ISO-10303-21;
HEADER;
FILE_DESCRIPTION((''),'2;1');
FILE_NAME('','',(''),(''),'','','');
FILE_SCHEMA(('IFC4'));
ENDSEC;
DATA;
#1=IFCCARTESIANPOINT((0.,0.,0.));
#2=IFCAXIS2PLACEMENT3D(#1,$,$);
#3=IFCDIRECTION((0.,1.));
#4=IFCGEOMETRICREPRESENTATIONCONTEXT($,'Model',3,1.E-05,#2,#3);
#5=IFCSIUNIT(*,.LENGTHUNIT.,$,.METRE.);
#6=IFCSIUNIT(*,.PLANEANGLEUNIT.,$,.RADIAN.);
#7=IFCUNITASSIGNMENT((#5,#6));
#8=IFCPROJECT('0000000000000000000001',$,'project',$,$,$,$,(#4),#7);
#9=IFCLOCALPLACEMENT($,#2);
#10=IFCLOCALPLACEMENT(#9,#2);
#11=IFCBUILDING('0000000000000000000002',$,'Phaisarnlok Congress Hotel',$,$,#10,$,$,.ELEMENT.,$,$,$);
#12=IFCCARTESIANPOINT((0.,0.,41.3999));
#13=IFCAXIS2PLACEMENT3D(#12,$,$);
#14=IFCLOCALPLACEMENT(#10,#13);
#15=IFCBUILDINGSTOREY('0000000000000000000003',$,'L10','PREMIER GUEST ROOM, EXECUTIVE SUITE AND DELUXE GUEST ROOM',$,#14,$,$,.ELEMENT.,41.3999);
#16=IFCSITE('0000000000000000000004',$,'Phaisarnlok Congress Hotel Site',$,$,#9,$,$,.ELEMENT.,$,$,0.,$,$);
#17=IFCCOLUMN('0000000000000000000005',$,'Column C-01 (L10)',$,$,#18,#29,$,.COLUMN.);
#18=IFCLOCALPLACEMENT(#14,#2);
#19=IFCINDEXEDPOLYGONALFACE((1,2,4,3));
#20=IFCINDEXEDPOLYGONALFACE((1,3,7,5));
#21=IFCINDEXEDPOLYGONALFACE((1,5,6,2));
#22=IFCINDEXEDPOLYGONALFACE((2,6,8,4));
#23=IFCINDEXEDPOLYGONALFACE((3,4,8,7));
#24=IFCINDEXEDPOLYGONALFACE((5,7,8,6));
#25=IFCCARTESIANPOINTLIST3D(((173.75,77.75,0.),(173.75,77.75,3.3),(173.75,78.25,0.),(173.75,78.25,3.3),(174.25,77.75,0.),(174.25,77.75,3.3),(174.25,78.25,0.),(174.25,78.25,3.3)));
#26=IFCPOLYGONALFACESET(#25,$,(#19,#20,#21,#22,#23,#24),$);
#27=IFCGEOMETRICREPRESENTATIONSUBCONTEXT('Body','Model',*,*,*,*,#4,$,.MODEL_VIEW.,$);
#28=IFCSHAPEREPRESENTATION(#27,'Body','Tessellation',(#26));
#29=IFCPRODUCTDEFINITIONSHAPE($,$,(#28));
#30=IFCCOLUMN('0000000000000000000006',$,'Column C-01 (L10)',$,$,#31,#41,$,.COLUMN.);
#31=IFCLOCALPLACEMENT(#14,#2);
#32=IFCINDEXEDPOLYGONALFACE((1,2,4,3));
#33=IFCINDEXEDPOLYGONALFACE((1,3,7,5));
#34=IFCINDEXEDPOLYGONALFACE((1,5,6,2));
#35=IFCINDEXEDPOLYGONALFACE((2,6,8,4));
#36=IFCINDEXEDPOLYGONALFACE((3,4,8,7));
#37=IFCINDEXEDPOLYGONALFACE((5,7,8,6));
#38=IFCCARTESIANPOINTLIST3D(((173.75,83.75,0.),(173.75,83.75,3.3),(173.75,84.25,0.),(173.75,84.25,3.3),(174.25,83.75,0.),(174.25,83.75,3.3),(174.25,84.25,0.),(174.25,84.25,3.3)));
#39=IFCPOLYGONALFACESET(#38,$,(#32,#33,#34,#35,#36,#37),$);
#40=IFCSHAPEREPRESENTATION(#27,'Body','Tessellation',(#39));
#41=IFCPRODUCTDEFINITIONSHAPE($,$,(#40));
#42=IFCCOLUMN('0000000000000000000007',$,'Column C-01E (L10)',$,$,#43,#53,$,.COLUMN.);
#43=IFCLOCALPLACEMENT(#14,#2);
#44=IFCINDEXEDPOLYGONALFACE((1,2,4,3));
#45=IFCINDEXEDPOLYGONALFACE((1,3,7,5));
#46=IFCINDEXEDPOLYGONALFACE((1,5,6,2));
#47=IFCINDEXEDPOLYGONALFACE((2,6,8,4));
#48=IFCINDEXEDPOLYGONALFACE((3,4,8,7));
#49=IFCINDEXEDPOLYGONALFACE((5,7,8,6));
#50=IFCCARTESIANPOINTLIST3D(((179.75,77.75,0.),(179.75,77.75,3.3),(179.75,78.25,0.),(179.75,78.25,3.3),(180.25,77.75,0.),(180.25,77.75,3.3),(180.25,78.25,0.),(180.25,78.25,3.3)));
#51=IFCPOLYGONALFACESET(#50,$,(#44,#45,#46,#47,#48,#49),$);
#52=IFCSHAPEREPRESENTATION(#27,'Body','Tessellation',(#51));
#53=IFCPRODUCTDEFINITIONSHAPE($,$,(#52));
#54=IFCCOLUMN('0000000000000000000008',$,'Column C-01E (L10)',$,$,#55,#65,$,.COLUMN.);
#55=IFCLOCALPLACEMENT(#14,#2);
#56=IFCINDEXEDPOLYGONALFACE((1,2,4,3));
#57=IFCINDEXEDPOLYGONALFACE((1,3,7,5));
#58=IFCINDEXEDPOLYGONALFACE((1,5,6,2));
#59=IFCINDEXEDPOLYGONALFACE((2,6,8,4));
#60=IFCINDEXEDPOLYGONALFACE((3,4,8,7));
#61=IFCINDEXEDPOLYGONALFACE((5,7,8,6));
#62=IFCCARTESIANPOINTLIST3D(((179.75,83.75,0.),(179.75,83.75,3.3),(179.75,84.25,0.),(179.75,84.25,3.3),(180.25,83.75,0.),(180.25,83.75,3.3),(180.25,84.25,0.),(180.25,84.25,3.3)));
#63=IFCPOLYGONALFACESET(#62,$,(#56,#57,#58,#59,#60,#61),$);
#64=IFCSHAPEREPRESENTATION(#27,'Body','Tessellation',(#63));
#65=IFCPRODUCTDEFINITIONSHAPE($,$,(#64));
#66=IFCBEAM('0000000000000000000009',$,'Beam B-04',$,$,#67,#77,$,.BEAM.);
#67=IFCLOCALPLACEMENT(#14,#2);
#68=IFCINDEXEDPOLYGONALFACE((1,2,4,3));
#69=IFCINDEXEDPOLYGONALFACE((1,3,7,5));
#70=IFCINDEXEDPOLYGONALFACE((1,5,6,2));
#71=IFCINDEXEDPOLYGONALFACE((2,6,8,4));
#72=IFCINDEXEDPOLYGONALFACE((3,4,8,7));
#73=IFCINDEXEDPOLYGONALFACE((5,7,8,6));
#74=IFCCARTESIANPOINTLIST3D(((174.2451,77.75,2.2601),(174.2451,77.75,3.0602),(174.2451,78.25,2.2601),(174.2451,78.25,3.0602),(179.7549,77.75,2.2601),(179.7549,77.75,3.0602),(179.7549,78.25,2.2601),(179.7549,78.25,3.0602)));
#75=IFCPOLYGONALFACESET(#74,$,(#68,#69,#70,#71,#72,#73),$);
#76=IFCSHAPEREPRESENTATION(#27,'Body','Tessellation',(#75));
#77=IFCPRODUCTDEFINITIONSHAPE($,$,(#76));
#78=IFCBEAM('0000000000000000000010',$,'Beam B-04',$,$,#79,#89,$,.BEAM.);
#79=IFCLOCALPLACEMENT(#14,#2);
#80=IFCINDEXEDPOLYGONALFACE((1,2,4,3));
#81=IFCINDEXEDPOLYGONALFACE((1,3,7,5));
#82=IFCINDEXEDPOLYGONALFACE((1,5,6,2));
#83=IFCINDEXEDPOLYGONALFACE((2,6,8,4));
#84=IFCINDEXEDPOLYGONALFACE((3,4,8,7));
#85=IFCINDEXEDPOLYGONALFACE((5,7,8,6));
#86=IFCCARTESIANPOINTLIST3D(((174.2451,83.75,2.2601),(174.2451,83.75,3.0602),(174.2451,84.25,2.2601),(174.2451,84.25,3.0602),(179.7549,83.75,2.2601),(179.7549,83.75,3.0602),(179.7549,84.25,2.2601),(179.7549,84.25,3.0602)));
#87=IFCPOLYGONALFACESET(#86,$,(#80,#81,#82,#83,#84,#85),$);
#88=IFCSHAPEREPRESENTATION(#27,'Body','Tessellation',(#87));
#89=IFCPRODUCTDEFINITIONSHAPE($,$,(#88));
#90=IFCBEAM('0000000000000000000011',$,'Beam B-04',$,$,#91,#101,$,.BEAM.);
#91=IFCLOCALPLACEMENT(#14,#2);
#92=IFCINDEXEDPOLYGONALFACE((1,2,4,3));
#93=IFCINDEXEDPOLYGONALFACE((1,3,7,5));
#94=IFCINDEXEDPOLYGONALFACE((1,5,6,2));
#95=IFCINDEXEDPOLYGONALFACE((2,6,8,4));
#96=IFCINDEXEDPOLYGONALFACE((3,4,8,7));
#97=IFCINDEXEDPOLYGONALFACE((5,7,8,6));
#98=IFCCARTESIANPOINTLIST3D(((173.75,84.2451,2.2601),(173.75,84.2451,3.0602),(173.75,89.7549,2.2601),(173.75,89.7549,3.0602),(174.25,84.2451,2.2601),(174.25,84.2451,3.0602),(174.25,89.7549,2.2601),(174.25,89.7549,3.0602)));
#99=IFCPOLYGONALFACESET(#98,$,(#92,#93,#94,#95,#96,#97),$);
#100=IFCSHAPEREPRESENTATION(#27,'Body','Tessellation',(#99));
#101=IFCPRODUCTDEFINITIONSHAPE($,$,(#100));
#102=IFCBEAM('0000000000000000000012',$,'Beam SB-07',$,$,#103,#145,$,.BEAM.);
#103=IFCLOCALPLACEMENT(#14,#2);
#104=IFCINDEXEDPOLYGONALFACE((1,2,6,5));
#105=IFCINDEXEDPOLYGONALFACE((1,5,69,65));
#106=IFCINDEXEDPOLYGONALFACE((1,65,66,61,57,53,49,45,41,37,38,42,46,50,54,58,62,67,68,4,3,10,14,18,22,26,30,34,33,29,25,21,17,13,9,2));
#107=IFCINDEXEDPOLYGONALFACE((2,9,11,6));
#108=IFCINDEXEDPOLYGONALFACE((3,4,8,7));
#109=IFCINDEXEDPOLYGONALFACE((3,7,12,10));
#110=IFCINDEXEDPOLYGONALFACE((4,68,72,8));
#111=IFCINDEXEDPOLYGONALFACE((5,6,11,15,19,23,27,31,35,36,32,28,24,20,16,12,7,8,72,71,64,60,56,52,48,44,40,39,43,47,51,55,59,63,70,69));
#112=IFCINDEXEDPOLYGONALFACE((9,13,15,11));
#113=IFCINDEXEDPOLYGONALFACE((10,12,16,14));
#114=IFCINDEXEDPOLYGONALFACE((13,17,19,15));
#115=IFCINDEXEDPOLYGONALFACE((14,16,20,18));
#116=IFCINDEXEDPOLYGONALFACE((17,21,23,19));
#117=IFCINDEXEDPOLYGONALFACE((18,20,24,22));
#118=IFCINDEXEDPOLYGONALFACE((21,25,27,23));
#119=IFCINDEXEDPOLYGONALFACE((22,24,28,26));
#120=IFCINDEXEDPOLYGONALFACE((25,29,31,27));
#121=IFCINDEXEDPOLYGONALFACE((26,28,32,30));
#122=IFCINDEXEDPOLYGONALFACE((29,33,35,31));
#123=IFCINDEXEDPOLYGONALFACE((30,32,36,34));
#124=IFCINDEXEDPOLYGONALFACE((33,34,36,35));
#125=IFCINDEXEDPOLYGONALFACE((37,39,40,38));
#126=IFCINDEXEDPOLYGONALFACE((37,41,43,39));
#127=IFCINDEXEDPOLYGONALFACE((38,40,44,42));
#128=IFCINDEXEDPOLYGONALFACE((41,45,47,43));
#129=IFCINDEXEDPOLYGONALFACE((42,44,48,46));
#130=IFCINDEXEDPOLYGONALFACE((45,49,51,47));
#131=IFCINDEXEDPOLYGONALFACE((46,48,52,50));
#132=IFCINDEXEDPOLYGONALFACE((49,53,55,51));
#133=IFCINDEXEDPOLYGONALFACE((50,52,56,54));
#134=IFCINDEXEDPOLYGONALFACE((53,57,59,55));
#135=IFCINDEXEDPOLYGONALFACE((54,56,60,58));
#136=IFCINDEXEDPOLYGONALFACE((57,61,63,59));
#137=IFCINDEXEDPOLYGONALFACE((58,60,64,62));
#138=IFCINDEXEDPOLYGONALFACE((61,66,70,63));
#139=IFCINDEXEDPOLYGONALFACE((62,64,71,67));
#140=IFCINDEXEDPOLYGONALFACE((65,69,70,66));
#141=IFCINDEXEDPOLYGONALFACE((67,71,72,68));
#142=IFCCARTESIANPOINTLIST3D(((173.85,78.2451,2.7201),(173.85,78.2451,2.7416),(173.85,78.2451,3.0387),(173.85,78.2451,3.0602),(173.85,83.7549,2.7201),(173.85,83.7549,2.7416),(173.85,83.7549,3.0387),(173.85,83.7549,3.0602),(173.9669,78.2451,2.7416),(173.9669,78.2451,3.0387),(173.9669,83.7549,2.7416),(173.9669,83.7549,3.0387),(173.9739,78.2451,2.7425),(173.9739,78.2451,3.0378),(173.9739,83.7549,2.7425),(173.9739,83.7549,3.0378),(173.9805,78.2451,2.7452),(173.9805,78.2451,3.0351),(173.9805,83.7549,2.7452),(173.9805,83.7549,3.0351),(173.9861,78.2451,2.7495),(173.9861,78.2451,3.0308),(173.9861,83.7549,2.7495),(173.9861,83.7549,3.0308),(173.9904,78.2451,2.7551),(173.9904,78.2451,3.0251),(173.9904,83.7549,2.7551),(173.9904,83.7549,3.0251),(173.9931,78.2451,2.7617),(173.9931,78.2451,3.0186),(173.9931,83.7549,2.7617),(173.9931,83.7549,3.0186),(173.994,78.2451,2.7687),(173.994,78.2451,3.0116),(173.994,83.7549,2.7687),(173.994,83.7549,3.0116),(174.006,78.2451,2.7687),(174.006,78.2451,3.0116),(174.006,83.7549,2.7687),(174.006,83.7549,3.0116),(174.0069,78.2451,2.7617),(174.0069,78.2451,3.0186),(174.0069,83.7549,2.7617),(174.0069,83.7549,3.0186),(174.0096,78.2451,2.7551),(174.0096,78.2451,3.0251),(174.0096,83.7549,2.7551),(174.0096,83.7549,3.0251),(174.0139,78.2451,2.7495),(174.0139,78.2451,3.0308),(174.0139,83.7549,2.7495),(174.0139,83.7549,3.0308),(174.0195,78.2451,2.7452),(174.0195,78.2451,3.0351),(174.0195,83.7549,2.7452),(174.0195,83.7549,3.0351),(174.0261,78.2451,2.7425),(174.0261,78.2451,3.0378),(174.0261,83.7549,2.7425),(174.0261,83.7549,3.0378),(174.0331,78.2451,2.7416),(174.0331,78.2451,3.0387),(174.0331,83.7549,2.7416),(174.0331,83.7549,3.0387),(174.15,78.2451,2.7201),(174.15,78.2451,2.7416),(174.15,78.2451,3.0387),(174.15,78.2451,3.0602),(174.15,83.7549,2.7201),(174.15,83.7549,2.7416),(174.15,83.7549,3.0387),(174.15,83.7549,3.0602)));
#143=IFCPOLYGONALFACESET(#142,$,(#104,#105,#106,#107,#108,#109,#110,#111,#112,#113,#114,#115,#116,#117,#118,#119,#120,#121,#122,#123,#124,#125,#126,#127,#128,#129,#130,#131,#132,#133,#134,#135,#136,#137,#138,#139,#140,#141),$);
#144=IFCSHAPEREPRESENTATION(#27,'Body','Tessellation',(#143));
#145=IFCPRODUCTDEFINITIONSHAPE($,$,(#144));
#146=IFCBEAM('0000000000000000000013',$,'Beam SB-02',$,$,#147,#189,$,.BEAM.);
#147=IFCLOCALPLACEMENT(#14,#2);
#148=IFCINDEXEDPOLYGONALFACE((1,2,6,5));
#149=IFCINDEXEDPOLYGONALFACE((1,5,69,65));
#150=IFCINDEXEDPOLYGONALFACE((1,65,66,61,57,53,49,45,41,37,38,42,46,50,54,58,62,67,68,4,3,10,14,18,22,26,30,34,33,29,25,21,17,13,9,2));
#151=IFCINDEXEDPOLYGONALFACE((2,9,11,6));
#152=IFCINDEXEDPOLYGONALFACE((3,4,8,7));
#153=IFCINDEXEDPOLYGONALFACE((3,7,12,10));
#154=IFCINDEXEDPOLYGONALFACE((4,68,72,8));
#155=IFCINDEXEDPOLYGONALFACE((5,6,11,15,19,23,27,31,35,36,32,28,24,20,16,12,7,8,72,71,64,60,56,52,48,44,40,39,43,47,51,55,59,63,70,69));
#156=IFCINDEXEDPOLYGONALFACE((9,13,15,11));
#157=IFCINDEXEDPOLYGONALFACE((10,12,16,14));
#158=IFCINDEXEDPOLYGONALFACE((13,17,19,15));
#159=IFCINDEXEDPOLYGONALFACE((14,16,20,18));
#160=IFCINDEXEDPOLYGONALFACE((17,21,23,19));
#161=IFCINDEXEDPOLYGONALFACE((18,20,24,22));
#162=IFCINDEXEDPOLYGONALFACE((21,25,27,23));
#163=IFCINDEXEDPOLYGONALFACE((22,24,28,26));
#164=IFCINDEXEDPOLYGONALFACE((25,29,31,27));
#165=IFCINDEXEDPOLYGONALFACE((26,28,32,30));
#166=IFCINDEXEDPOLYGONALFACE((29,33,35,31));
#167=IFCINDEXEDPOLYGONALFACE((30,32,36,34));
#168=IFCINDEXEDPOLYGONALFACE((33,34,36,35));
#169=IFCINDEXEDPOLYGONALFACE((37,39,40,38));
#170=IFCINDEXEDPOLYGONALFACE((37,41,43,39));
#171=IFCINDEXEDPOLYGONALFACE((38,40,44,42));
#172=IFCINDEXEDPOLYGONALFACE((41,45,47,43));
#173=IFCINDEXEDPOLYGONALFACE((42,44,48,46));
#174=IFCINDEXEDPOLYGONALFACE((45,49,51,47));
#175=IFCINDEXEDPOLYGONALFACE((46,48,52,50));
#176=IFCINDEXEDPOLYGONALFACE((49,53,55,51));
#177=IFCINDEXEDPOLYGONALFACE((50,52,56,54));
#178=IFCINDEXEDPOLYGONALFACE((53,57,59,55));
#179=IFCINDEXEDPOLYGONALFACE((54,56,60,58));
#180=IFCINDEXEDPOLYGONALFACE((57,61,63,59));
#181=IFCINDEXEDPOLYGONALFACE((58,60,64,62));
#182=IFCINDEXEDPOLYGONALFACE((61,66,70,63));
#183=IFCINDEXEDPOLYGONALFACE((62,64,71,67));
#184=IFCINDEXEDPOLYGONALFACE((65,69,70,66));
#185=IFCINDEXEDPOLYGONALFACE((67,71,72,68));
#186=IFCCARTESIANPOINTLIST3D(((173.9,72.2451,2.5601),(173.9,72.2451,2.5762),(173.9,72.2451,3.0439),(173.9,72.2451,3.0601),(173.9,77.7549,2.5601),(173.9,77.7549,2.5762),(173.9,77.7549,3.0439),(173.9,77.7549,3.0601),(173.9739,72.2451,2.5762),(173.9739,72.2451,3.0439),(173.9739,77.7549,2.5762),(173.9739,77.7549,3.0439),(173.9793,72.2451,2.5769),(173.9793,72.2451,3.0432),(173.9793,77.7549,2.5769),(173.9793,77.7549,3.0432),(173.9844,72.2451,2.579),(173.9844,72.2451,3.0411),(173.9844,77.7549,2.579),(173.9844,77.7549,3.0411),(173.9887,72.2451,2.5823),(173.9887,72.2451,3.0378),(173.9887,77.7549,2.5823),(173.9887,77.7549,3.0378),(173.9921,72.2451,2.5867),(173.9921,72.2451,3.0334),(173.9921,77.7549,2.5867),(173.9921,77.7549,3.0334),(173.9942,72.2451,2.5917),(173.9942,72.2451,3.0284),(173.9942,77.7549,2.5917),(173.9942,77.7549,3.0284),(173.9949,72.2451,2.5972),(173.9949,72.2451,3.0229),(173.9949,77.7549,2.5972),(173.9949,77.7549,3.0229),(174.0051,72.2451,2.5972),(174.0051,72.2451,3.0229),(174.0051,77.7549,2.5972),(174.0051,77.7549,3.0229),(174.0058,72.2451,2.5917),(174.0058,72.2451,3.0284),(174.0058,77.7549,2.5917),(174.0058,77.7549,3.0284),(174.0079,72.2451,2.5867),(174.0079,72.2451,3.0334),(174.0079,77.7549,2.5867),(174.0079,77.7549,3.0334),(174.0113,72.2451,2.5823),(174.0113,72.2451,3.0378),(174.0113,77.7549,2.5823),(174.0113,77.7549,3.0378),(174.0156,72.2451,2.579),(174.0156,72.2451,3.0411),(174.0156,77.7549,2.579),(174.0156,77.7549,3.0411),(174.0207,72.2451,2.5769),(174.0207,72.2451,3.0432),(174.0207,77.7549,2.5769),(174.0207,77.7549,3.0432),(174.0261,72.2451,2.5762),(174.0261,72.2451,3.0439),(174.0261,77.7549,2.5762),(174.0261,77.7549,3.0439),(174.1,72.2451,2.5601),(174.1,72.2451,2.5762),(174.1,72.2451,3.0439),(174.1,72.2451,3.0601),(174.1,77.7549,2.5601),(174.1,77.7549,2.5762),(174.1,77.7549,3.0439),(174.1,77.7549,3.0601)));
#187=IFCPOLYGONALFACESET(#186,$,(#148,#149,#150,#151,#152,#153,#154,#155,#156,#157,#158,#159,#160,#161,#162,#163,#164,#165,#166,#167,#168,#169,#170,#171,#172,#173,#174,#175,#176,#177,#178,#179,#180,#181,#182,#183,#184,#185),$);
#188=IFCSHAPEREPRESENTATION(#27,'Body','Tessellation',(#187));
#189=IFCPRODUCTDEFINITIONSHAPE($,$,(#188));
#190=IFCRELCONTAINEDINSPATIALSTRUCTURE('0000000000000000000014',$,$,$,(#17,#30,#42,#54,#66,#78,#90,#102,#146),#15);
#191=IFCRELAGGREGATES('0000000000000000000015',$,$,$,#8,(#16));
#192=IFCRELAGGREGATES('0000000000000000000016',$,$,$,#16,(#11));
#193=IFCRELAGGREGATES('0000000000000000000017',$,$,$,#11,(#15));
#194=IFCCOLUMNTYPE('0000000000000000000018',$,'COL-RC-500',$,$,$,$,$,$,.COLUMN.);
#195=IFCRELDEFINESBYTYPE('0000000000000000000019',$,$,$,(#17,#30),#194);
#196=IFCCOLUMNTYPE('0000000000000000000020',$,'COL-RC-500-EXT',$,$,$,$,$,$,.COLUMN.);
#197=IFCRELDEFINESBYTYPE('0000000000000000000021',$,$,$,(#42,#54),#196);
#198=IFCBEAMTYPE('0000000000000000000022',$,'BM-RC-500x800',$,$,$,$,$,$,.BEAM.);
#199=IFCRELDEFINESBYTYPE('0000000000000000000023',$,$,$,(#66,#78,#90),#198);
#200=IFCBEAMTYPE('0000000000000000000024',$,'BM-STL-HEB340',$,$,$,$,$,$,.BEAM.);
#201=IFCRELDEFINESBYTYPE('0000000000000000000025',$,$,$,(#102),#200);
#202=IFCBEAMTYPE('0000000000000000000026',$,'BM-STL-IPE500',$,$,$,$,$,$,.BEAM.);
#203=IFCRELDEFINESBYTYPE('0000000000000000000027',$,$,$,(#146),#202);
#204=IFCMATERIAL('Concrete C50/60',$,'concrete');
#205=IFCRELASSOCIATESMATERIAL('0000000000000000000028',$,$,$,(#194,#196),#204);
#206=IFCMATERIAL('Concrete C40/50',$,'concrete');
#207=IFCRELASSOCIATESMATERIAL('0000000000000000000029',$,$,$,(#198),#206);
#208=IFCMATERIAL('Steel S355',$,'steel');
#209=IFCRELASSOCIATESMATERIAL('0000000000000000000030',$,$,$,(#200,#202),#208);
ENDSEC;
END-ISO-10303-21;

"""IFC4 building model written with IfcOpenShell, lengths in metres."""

from ifc_helpers import new_model, si_unit, direction, frame, origin, origin_2d, place, context, subcontext, project, spatial, rectangle, i_section, extrude, material, material_profile, profile_set, type_object, element, save


model = new_model("IFC4")

# Units and contexts
model_context = context("Model", 3, precision=1e-05, world=origin(), true_north=direction((0.0, 1.0)))
body_context = subcontext(model_context, "Body", "Model", "MODEL_VIEW")
ifc_project = project(units=[si_unit("LENGTHUNIT", "METRE"), si_unit("PLANEANGLEUNIT", "RADIAN")], contexts=[model_context])

# Site, building, storey
site_placement = place(None, origin())
site = spatial("IfcSite", under=ifc_project, at=site_placement, Name="Phaisarnlok Congress Hotel Site", CompositionType="ELEMENT", RefElevation=0.0)
building_placement = place(site_placement, origin())
building = spatial("IfcBuilding", under=site, at=building_placement, Name="Phaisarnlok Congress Hotel", CompositionType="ELEMENT")
storey_placement = place(building_placement, frame((0.0, 0.0, 41.3999)))
storey = spatial("IfcBuildingStorey", under=building, at=storey_placement, Name="L10", Description="PREMIER GUEST ROOM, EXECUTIVE SUITE AND DELUXE GUEST ROOM", CompositionType="ELEMENT", Elevation=41.3999)

# Columns
ifc_material_1 = material(Name="Concrete C50/60", Category="concrete")
ifc_material_profile_1 = material_profile(ifc_material_1, rectangle(XDim=0.5, YDim=0.5, at=origin_2d()), Name="RC 500x500")
ifc_profile_set_1 = profile_set([ifc_material_profile_1], Name="Concrete C50/60")
column_type_1 = type_object("IfcColumnType", Name="COL-RC-500", PredefinedType="COLUMN", material=ifc_profile_set_1)
for number, where, z_axis, x_axis, name in (
    (1, (174.0, 78.0, 0.0), (0.0, 0.0, 1.0), (1.0, 0.0, 0.0), "Column C-01 (L10)"),
    (2, (174.0, 84.0, 0.0), (0.0, 0.0, 1.0), (1.0, 0.0, 0.0), "Column C-01 (L10)"),
):
    element("IfcColumn", number, at=place(storey_placement, frame(where, z_axis=z_axis, x_axis=x_axis)), inside=storey, type_object=column_type_1, Name=name, PredefinedType="COLUMN", context=body_context, shape_type="SweptSolid", body=[
        extrude(rectangle(XDim=0.5, YDim=0.5, at=origin_2d()), origin(), (0.0, 0.0, 1.0), 3.3),
    ])
ifc_material_profile_2 = material_profile(ifc_material_1, rectangle(XDim=0.5, YDim=0.5, at=origin_2d()), Name="RC 500x500")
ifc_profile_set_2 = profile_set([ifc_material_profile_2], Name="Concrete C50/60")
column_type_2 = type_object("IfcColumnType", Name="COL-RC-500-EXT", PredefinedType="COLUMN", material=ifc_profile_set_2)
for number, where, z_axis, x_axis, name in (
    (3, (180.0, 78.0, 0.0), (0.0, 0.0, 1.0), (1.0, 0.0, 0.0), "Column C-01E (L10)"),
    (4, (180.0, 84.0, 0.0), (0.0, 0.0, 1.0), (1.0, 0.0, 0.0), "Column C-01E (L10)"),
):
    element("IfcColumn", number, at=place(storey_placement, frame(where, z_axis=z_axis, x_axis=x_axis)), inside=storey, type_object=column_type_2, Name=name, PredefinedType="COLUMN", context=body_context, shape_type="SweptSolid", body=[
        extrude(rectangle(XDim=0.5, YDim=0.5, at=origin_2d()), origin(), (0.0, 0.0, 1.0), 3.3),
    ])

# Beams
ifc_material_2 = material(Name="Concrete C40/50", Category="concrete")
ifc_material_profile_3 = material_profile(ifc_material_2, rectangle(XDim=0.5, YDim=0.8, at=origin_2d()), Name="RC 500x800")
ifc_profile_set_3 = profile_set([ifc_material_profile_3], Name="Concrete C40/50")
beam_type_1 = type_object("IfcBeamType", Name="BM-RC-500x800", PredefinedType="BEAM", material=ifc_profile_set_3)
for number, where, z_axis, x_axis, name in (
    (5, (174.2451, 78.0, 2.6602), (1.0, 0.0, 0.0), (0.0, 1.0, 0.0), "Beam B-04"),
    (6, (174.2451, 84.0, 2.6602), (1.0, 0.0, 0.0), (0.0, 1.0, 0.0), "Beam B-04"),
    (7, (174.0, 84.2451, 2.6602), (0.0, 1.0, 0.0), (-1.0, 0.0, 0.0), "Beam B-04"),
):
    element("IfcBeam", number, at=place(storey_placement, frame(where, z_axis=z_axis, x_axis=x_axis)), inside=storey, type_object=beam_type_1, Name=name, PredefinedType="BEAM", context=body_context, shape_type="SweptSolid", body=[
        extrude(rectangle(XDim=0.5, YDim=0.8, at=origin_2d()), origin(), (0.0, 0.0, 1.0), 5.5098),
    ])
ifc_material_3 = material(Name="Steel S355", Category="steel")
ifc_material_profile_4 = material_profile(ifc_material_3, i_section(OverallWidth=0.3, OverallDepth=0.3401, WebThickness=0.012, FlangeThickness=0.0215, FilletRadius=0.0271, at=origin_2d()), Name="HEB 340")
ifc_profile_set_4 = profile_set([ifc_material_profile_4], Name="Steel S355")
beam_type_2 = type_object("IfcBeamType", Name="BM-STL-HEB340", PredefinedType="BEAM", material=ifc_profile_set_4)
beam_1_placement = place(storey_placement, frame((174.0, 78.2451, 2.8901), z_axis=(0.0, 1.0, 0.0), x_axis=(-1.0, 0.0, 0.0)))
element("IfcBeam", 8, at=beam_1_placement, inside=storey, type_object=beam_type_2, Name="Beam SB-07", PredefinedType="BEAM", context=body_context, shape_type="SweptSolid", body=[
    extrude(i_section(OverallWidth=0.3, OverallDepth=0.3401, WebThickness=0.012, FlangeThickness=0.0215, FilletRadius=0.0271, at=origin_2d()), origin(), (0.0, 0.0, 1.0), 5.5098),
])
ifc_material_profile_5 = material_profile(ifc_material_3, i_section(OverallWidth=0.2, OverallDepth=0.5, WebThickness=0.0103, FlangeThickness=0.0161, FilletRadius=0.021, at=origin_2d()), Name="IPE 500")
ifc_profile_set_5 = profile_set([ifc_material_profile_5], Name="Steel S355")
beam_type_3 = type_object("IfcBeamType", Name="BM-STL-IPE500", PredefinedType="BEAM", material=ifc_profile_set_5)
beam_2_placement = place(storey_placement, frame((174.0, 72.2451, 2.8101), z_axis=(0.0, 1.0, 0.0), x_axis=(-1.0, 0.0, 0.0)))
element("IfcBeam", 9, at=beam_2_placement, inside=storey, type_object=beam_type_3, Name="Beam SB-02", PredefinedType="BEAM", context=body_context, shape_type="SweptSolid", body=[
    extrude(i_section(OverallWidth=0.2, OverallDepth=0.5, WebThickness=0.0103, FlangeThickness=0.0161, FilletRadius=0.021, at=origin_2d()), origin(), (0.0, 0.0, 1.0), 5.5098),
])

save(model, "model.ifc")
